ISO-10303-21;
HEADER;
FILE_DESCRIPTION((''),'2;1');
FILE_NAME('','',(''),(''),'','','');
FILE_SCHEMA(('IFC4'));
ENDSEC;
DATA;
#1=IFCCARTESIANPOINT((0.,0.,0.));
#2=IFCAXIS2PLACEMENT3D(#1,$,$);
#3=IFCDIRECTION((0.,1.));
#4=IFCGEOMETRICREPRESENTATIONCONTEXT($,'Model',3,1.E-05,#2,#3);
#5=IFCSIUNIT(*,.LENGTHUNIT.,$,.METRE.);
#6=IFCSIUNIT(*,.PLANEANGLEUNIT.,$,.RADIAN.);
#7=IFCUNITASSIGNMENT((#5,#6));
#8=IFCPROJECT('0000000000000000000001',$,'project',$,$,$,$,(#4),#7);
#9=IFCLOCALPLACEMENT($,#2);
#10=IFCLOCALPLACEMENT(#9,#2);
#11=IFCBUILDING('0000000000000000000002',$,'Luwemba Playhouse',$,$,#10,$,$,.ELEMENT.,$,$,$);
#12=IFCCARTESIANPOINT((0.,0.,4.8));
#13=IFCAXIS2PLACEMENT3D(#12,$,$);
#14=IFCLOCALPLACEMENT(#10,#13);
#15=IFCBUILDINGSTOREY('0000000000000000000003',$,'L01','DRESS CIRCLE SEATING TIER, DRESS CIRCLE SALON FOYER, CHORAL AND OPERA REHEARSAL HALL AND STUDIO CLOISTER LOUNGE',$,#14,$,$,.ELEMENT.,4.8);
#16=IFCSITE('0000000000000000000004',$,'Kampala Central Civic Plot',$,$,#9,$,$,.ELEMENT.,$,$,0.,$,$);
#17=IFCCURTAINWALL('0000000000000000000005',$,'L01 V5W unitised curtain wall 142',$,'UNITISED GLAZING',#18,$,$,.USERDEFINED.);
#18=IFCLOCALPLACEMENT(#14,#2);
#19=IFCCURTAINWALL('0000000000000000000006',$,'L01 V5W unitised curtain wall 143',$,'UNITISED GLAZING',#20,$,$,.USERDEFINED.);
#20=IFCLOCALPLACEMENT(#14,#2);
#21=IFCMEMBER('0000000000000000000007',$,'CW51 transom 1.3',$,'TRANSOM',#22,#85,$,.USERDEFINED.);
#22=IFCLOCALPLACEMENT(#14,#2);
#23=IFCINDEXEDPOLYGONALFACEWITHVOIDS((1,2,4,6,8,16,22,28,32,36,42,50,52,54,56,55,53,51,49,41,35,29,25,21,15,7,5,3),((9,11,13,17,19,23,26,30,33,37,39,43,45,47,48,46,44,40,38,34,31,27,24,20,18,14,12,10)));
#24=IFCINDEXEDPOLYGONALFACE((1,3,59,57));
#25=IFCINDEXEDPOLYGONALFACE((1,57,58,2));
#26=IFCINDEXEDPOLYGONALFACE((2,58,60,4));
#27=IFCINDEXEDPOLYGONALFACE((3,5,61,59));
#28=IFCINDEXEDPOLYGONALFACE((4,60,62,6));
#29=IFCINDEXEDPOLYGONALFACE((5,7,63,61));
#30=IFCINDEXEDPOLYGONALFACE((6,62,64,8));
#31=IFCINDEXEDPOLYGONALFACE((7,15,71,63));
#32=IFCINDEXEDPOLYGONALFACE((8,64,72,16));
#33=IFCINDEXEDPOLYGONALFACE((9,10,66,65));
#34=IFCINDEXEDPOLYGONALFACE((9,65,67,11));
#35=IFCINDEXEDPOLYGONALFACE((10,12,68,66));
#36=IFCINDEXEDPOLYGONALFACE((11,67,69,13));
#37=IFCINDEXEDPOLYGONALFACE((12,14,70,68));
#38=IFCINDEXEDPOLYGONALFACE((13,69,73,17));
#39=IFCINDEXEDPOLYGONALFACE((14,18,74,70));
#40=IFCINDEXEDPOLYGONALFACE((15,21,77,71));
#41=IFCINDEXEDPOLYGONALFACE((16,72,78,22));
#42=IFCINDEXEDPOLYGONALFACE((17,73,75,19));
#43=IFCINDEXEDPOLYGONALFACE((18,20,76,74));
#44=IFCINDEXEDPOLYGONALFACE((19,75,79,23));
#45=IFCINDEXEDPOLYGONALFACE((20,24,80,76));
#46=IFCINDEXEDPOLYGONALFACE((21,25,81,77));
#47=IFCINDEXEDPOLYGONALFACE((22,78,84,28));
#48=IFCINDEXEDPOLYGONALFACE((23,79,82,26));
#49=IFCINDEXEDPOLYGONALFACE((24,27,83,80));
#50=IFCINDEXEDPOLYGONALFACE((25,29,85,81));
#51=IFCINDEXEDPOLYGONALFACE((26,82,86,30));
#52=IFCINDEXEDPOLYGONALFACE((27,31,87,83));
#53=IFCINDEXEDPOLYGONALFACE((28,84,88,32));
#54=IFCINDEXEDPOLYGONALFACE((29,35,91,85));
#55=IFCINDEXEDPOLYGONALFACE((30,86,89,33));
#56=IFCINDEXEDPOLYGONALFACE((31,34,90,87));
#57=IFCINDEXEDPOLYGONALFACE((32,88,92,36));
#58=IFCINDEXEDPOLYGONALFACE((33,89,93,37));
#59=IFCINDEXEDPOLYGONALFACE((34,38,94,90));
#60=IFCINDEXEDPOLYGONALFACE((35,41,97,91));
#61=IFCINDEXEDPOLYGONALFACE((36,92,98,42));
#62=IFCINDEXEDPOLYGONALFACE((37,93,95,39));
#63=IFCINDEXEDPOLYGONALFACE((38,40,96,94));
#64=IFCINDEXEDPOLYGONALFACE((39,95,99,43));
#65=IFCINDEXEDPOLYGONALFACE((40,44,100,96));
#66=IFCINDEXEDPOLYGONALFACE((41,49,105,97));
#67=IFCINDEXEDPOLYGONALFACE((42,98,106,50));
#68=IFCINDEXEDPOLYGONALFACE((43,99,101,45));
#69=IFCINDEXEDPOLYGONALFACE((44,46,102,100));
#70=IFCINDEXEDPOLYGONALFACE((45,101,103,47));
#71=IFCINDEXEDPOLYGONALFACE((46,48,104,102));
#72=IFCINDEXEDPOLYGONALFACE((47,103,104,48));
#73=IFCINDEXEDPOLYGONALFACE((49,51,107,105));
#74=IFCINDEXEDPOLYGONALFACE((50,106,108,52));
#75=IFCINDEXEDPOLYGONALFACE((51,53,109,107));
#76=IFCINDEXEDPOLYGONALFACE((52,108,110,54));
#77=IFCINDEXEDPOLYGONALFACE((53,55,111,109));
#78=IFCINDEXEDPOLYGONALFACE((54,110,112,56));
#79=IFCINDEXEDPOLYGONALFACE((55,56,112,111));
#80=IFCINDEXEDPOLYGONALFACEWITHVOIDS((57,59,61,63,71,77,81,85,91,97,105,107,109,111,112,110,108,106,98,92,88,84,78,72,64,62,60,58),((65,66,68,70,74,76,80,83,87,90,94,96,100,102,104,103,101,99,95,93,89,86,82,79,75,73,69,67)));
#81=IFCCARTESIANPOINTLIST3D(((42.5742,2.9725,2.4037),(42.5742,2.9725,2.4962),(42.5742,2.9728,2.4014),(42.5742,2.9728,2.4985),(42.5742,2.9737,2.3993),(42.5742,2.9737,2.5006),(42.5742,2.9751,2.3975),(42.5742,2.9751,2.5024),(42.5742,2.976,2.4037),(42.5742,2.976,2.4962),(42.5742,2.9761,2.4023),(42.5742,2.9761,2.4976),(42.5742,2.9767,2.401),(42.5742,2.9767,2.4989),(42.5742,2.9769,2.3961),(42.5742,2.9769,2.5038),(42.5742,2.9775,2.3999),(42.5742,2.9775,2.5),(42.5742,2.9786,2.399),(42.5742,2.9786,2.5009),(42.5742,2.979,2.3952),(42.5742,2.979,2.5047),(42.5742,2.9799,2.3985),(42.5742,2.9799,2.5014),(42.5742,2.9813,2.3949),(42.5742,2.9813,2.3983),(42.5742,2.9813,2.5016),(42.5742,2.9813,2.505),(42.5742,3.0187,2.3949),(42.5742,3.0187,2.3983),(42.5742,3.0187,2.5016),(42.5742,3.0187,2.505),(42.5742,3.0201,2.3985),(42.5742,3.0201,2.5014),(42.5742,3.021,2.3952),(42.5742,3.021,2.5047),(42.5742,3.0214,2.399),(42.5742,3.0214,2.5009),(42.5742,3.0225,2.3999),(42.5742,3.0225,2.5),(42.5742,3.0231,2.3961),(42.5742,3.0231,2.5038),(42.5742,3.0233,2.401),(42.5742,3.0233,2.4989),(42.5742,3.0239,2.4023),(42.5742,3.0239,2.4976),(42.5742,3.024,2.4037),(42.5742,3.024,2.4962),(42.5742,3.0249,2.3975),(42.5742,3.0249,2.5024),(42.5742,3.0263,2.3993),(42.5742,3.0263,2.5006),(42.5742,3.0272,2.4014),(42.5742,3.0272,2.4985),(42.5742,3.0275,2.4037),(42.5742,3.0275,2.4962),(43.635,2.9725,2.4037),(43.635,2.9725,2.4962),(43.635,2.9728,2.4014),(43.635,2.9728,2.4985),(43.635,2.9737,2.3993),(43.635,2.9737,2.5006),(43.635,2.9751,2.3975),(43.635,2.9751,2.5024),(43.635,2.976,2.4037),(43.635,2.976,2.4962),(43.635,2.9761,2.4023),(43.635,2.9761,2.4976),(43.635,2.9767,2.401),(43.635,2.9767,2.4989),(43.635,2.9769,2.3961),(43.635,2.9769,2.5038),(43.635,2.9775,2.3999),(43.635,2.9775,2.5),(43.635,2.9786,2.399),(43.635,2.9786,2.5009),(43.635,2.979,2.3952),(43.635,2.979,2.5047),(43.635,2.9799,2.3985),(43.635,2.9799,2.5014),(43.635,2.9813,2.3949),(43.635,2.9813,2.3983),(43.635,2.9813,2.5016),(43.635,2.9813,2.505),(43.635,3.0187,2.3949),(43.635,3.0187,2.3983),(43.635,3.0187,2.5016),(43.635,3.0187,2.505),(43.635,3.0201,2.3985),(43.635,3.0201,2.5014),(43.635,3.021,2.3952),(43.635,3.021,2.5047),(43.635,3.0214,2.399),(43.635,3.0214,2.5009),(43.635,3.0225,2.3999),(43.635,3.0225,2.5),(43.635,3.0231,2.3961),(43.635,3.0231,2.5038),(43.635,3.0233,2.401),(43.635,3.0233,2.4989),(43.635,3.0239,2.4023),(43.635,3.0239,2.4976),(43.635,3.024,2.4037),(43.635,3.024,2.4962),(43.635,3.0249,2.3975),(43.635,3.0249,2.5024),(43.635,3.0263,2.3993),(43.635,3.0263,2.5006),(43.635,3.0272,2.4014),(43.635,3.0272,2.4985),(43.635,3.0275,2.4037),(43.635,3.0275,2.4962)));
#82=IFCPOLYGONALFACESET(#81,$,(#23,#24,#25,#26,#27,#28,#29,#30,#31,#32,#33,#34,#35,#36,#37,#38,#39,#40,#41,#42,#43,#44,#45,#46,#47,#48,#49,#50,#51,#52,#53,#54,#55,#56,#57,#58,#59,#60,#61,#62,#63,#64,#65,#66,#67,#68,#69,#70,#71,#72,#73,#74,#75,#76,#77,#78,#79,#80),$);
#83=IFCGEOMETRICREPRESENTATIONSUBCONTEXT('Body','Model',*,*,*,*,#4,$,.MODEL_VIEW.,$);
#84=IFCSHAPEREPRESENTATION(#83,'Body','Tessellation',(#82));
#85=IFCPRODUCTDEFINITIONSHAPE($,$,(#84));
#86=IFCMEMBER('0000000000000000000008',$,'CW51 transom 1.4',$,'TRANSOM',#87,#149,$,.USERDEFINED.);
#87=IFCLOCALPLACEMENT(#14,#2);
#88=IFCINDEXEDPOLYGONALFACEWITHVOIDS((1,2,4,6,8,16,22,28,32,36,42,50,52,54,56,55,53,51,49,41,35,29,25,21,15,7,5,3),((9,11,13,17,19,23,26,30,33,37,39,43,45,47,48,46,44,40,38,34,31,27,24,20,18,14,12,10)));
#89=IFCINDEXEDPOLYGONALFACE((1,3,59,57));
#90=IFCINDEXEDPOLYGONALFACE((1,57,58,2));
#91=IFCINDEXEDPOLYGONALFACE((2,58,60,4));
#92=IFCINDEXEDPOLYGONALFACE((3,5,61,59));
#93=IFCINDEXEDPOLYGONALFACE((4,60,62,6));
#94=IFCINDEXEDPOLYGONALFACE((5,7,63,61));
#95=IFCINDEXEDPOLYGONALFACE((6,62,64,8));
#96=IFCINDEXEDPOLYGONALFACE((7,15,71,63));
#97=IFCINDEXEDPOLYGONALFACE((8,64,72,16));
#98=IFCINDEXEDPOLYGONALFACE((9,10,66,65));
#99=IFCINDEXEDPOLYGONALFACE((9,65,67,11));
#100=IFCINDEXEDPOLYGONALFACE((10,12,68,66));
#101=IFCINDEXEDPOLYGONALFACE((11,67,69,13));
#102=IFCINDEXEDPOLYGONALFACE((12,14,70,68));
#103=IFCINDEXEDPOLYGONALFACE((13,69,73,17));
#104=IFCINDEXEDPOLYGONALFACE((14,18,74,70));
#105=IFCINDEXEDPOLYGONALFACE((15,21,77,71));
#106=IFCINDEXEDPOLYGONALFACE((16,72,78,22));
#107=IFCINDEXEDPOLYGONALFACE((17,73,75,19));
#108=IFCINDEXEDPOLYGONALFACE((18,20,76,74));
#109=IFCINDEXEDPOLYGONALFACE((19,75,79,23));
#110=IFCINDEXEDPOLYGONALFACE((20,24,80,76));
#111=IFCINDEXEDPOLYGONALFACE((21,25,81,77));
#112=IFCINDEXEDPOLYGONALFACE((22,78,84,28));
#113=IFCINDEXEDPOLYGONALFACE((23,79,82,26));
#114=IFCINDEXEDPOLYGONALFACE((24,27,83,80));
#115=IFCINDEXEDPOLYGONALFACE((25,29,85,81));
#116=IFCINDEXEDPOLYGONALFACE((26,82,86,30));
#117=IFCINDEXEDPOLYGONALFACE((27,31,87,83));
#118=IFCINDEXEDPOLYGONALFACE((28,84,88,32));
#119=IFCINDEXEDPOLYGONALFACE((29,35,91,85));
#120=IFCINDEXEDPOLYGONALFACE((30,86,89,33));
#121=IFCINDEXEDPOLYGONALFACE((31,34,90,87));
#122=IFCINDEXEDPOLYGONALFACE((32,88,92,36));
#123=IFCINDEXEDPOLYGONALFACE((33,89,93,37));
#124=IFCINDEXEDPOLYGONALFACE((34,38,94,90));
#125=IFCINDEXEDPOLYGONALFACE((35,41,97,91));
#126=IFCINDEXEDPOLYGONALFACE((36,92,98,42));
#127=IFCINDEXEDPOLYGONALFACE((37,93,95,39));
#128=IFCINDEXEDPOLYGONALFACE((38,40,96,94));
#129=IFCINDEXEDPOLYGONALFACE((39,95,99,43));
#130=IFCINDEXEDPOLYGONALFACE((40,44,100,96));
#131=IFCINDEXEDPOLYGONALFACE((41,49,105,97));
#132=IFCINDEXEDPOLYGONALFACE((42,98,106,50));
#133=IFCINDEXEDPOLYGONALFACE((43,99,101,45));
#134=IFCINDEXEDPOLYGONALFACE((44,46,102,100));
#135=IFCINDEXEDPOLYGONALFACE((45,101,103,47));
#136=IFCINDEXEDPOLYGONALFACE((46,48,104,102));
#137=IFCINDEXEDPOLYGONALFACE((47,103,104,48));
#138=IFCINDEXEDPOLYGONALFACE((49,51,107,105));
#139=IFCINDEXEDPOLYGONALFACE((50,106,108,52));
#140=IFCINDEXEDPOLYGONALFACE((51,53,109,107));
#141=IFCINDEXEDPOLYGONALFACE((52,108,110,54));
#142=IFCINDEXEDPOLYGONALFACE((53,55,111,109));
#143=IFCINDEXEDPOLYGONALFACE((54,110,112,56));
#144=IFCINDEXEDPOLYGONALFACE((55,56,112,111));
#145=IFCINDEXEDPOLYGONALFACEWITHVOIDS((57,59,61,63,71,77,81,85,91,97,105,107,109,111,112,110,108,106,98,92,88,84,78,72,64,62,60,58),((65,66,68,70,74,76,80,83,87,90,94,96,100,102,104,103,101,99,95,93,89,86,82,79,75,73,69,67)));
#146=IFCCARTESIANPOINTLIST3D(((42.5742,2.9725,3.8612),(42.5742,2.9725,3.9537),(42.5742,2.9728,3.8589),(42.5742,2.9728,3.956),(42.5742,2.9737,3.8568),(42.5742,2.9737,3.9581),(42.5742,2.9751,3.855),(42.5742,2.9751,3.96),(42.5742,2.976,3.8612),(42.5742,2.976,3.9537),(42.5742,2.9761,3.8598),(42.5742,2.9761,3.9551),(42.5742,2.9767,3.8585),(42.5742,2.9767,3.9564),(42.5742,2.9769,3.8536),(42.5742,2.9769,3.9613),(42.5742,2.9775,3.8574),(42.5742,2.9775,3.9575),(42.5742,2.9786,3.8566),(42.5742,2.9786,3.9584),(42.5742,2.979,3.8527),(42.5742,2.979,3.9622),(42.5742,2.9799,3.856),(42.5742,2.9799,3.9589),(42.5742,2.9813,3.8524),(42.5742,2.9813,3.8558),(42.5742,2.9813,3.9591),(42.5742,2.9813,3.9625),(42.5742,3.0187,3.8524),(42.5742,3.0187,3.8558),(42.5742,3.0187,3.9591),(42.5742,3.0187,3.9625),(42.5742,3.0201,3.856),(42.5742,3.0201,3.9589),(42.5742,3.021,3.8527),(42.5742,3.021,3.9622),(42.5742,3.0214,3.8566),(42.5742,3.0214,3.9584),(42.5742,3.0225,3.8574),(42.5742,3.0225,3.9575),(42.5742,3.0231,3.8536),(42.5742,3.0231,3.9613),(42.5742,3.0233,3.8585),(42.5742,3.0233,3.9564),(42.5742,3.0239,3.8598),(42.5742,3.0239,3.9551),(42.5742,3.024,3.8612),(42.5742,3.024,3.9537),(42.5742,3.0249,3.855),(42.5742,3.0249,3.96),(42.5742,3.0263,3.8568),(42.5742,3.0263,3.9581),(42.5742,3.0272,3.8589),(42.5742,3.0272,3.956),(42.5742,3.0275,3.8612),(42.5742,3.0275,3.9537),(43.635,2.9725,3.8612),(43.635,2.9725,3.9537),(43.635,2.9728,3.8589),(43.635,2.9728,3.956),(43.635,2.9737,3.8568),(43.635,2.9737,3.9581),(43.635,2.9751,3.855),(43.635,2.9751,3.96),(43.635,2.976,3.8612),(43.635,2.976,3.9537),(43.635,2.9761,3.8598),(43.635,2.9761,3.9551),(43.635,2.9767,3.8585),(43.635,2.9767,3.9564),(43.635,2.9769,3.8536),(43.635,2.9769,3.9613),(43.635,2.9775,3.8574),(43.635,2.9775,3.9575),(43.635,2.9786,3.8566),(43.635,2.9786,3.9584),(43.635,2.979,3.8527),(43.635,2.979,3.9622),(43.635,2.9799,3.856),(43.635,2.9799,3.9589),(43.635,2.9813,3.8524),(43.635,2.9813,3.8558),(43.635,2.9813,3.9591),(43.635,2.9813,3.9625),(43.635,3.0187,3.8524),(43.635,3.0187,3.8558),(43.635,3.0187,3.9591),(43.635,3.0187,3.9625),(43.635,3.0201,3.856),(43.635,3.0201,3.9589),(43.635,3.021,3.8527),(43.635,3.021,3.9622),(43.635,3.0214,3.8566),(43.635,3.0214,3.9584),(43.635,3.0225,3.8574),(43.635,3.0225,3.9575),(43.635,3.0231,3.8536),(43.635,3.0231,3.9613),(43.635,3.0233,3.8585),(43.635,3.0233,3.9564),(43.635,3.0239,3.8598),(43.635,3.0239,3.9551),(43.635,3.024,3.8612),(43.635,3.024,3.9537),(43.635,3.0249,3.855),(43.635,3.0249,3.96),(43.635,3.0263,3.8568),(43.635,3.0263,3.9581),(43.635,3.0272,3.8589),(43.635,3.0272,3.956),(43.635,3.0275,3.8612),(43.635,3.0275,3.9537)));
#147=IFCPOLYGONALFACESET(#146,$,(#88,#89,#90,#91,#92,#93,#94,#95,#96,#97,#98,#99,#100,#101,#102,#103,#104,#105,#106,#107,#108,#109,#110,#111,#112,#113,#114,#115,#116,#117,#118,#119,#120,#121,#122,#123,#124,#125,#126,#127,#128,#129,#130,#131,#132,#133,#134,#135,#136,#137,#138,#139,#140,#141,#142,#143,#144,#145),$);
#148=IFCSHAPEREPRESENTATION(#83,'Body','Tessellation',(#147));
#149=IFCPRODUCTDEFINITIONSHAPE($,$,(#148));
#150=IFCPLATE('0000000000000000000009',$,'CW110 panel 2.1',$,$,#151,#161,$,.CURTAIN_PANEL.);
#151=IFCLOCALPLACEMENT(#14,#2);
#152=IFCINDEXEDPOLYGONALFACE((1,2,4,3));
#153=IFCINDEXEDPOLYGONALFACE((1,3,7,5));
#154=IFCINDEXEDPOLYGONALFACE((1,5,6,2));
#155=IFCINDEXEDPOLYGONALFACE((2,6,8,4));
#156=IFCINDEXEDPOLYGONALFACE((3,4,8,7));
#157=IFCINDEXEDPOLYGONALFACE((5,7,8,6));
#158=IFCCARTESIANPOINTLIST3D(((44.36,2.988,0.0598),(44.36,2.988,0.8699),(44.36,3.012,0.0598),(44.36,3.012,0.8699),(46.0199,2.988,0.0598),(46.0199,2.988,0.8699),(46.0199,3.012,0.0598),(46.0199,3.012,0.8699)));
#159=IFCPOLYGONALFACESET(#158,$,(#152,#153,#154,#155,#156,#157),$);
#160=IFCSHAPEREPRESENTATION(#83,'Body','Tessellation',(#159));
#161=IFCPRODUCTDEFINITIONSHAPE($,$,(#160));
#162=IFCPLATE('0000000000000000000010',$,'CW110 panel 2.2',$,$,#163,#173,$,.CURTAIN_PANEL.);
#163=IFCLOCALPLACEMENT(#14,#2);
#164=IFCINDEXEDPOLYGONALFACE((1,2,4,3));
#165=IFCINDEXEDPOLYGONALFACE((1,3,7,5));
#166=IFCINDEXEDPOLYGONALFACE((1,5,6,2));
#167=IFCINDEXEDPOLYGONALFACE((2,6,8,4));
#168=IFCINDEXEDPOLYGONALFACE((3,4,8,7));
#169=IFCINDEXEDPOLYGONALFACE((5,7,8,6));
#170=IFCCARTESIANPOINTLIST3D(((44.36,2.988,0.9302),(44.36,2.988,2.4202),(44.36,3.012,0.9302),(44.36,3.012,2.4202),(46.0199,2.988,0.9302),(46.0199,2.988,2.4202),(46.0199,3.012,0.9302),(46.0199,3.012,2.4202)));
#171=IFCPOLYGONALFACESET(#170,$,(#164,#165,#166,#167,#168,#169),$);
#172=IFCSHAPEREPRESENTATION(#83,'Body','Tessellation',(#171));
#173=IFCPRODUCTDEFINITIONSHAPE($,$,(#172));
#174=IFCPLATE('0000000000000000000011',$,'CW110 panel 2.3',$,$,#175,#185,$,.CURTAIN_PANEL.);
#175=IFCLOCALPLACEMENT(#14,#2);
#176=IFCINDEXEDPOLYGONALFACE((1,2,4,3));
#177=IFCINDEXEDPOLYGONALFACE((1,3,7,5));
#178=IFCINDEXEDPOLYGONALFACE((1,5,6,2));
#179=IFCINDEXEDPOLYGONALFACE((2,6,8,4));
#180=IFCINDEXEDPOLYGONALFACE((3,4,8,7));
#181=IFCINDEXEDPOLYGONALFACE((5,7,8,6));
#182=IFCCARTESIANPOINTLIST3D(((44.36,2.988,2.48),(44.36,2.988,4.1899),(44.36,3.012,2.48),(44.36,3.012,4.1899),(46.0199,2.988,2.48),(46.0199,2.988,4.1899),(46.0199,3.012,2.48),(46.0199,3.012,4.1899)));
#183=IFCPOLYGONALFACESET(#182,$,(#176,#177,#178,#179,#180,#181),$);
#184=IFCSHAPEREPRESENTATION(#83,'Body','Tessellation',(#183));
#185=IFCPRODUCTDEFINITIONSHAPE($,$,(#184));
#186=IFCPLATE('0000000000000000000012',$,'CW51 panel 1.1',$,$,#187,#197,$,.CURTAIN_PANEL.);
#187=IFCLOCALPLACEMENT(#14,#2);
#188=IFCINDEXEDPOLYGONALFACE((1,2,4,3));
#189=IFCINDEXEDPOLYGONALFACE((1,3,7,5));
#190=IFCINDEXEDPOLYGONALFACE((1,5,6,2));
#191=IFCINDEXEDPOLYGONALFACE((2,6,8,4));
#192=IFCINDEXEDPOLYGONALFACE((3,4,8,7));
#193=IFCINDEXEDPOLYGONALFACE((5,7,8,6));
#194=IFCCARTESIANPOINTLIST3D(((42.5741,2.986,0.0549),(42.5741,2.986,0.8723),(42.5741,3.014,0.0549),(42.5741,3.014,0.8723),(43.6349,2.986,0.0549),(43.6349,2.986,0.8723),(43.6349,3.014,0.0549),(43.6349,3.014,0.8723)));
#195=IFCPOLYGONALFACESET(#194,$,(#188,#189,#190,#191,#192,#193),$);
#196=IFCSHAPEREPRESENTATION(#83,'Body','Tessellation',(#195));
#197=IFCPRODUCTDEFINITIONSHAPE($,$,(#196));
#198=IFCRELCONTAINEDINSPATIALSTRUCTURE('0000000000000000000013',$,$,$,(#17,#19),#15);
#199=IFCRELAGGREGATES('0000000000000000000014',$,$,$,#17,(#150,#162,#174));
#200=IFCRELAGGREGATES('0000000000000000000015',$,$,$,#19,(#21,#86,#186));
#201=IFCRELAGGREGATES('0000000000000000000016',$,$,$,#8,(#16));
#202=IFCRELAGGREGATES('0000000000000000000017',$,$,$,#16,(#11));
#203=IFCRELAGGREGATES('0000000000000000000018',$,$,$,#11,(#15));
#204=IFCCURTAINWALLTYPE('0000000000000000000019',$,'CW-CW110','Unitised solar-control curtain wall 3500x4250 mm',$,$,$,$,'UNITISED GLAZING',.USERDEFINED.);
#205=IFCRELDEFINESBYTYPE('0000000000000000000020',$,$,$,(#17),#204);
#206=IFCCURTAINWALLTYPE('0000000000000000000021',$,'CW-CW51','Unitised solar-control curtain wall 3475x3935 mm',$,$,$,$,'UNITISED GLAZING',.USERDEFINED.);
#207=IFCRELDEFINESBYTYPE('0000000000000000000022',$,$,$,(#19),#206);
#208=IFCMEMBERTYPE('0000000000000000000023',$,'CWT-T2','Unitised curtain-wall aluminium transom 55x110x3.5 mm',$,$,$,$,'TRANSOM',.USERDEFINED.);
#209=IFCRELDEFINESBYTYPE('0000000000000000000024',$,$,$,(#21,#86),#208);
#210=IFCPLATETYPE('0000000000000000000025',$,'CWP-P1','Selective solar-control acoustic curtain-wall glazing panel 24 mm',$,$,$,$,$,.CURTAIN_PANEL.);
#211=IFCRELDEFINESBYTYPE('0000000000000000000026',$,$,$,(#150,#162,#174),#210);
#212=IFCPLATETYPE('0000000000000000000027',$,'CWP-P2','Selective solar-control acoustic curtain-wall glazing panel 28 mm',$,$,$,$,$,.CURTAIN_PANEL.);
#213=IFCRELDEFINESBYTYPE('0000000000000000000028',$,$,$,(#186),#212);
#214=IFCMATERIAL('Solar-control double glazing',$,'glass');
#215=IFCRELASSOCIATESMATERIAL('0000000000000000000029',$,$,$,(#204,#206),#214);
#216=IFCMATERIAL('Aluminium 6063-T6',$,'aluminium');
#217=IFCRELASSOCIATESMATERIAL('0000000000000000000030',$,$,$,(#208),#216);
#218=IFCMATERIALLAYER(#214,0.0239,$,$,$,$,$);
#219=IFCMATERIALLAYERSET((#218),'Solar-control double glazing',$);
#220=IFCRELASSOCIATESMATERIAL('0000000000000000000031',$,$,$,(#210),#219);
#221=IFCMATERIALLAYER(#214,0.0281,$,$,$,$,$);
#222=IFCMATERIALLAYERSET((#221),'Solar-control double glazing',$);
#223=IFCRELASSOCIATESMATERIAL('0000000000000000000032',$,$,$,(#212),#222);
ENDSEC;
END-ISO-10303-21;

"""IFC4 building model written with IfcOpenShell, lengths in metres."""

from ifc_helpers import new_model, si_unit, direction, frame, origin, origin_2d, place, context, subcontext, project, spatial, rectangle, hollow_rectangle, extrude, material, layer, layer_set, material_profile, profile_set, type_object, element, aggregate, save


model = new_model("IFC4")

# Units and contexts
model_context = context("Model", 3, precision=1e-05, world=origin(), true_north=direction((0.0, 1.0)))
body_context = subcontext(model_context, "Body", "Model", "MODEL_VIEW")
ifc_project = project(units=[si_unit("LENGTHUNIT", "METRE"), si_unit("PLANEANGLEUNIT", "RADIAN")], contexts=[model_context])

# Site, building, storey
site_placement = place(None, origin())
site = spatial("IfcSite", under=ifc_project, at=site_placement, Name="Kampala Central Civic Plot", CompositionType="ELEMENT", RefElevation=0.0)
building_placement = place(site_placement, origin())
building = spatial("IfcBuilding", under=site, at=building_placement, Name="Luwemba Playhouse", CompositionType="ELEMENT")
storey_placement = place(building_placement, frame((0.0, 0.0, 4.8)))
storey = spatial("IfcBuildingStorey", under=building, at=storey_placement, Name="L01", Description="DRESS CIRCLE SEATING TIER, DRESS CIRCLE SALON FOYER, CHORAL AND OPERA REHEARSAL HALL AND STUDIO CLOISTER LOUNGE", CompositionType="ELEMENT", Elevation=4.8)

# Curtain walls
ifc_material_1 = material(Name="Solar-control double glazing", Category="glass")
curtain_wall_type_1 = type_object("IfcCurtainWallType", Name="CW-CW110", Description="Unitised solar-control curtain wall 3500x4250 mm", ElementType="UNITISED GLAZING", PredefinedType="USERDEFINED", material=ifc_material_1)
curtain_wall_1_placement = place(storey_placement, origin())
curtain_wall_1 = element("IfcCurtainWall", 1, at=curtain_wall_1_placement, inside=storey, type_object=curtain_wall_type_1, Name="L01 V5W unitised curtain wall 142", ObjectType="UNITISED GLAZING", PredefinedType="USERDEFINED")
ifc_material_2 = material(Name="Aluminium 6063-T6", Category="aluminium")
curtain_wall_type_2 = type_object("IfcCurtainWallType", Name="CW-CW51", Description="Unitised solar-control curtain wall 3475x3935 mm", ElementType="UNITISED GLAZING", PredefinedType="USERDEFINED", material=ifc_material_1)
curtain_wall_2_placement = place(storey_placement, origin())
curtain_wall_2 = element("IfcCurtainWall", 2, at=curtain_wall_2_placement, inside=storey, type_object=curtain_wall_type_2, Name="L01 V5W unitised curtain wall 143", ObjectType="UNITISED GLAZING", PredefinedType="USERDEFINED")

# Members
ifc_material_profile_1 = material_profile(ifc_material_2, hollow_rectangle(XDim=0.0549, YDim=0.1101, WallThickness=0.0034, InnerFilletRadius=0.0054, OuterFilletRadius=0.0088, at=origin_2d()))
ifc_profile_set_1 = profile_set([ifc_material_profile_1], Name="Aluminium 6063-T6")
member_type_1 = type_object("IfcMemberType", Name="CWT-T2", Description="Unitised curtain-wall aluminium transom 55x110x3.5 mm", ElementType="TRANSOM", PredefinedType="USERDEFINED", material=ifc_profile_set_1)
member_1_placement = place(storey_placement, frame((43.635, 3.0, 2.45), z_axis=(-1.0, 0.0, 0.0), x_axis=(0.0, -1.0, 0.0)))
member_1 = element("IfcMember", 3, at=member_1_placement, type_object=member_type_1, Name="CW51 transom 1.3", ObjectType="TRANSOM", PredefinedType="USERDEFINED", context=body_context, shape_type="SweptSolid", body=[
    extrude(hollow_rectangle(XDim=0.0549, YDim=0.1101, WallThickness=0.0034, InnerFilletRadius=0.0054, OuterFilletRadius=0.0088, at=origin_2d()), origin(), (0.0, 0.0, 1.0), 1.0608),
])
member_2_placement = place(storey_placement, frame((43.635, 3.0, 3.9075), z_axis=(-1.0, 0.0, 0.0), x_axis=(0.0, -1.0, 0.0)))
member_2 = element("IfcMember", 4, at=member_2_placement, type_object=member_type_1, Name="CW51 transom 1.4", ObjectType="TRANSOM", PredefinedType="USERDEFINED", context=body_context, shape_type="SweptSolid", body=[
    extrude(hollow_rectangle(XDim=0.0549, YDim=0.1101, WallThickness=0.0034, InnerFilletRadius=0.0054, OuterFilletRadius=0.0088, at=origin_2d()), origin(), (0.0, 0.0, 1.0), 1.0608),
])

# Plates
ifc_layer_1 = layer(ifc_material_1, 0.0239)
ifc_layer_set_1 = layer_set([ifc_layer_1], Name="Solar-control double glazing")
plate_type_1 = type_object("IfcPlateType", Name="CWP-P1", Description="Selective solar-control acoustic curtain-wall glazing panel 24 mm", PredefinedType="CURTAIN_PANEL", material=ifc_layer_set_1)
plate_1_placement = place(storey_placement, frame((45.1899, 3.0, 0.0598), z_axis=(0.0, 0.0, 1.0), x_axis=(-1.0, 0.0, 0.0)))
plate_1 = element("IfcPlate", 5, at=plate_1_placement, type_object=plate_type_1, Name="CW110 panel 2.1", PredefinedType="CURTAIN_PANEL", context=body_context, shape_type="SweptSolid", body=[
    extrude(rectangle(XDim=1.6599, YDim=0.0239, at=origin_2d()), origin(), (0.0, 0.0, 1.0), 0.8101),
])
plate_2_placement = place(storey_placement, frame((45.1899, 3.0, 0.9302), z_axis=(0.0, 0.0, 1.0), x_axis=(-1.0, 0.0, 0.0)))
plate_2 = element("IfcPlate", 6, at=plate_2_placement, type_object=plate_type_1, Name="CW110 panel 2.2", PredefinedType="CURTAIN_PANEL", context=body_context, shape_type="SweptSolid", body=[
    extrude(rectangle(XDim=1.6599, YDim=0.0239, at=origin_2d()), origin(), (0.0, 0.0, 1.0), 1.49),
])
plate_3_placement = place(storey_placement, frame((45.1899, 3.0, 2.48), z_axis=(0.0, 0.0, 1.0), x_axis=(-1.0, 0.0, 0.0)))
plate_3 = element("IfcPlate", 7, at=plate_3_placement, type_object=plate_type_1, Name="CW110 panel 2.3", PredefinedType="CURTAIN_PANEL", context=body_context, shape_type="SweptSolid", body=[
    extrude(rectangle(XDim=1.6599, YDim=0.0239, at=origin_2d()), origin(), (0.0, 0.0, 1.0), 1.71),
])
aggregate(curtain_wall_1, [plate_1, plate_2, plate_3])
ifc_layer_2 = layer(ifc_material_1, 0.0281)
ifc_layer_set_2 = layer_set([ifc_layer_2], Name="Solar-control double glazing")
plate_type_2 = type_object("IfcPlateType", Name="CWP-P2", Description="Selective solar-control acoustic curtain-wall glazing panel 28 mm", PredefinedType="CURTAIN_PANEL", material=ifc_layer_set_2)
plate_4_placement = place(storey_placement, frame((43.1045, 3.0, 0.0549), z_axis=(0.0, 0.0, 1.0), x_axis=(-1.0, 0.0, 0.0)))
plate_4 = element("IfcPlate", 8, at=plate_4_placement, type_object=plate_type_2, Name="CW51 panel 1.1", PredefinedType="CURTAIN_PANEL", context=body_context, shape_type="SweptSolid", body=[
    extrude(rectangle(XDim=1.0608, YDim=0.0281, at=origin_2d()), origin(), (0.0, 0.0, 1.0), 0.8174),
])
aggregate(curtain_wall_2, [member_1, member_2, plate_4])

save(model, "model.ifc")
